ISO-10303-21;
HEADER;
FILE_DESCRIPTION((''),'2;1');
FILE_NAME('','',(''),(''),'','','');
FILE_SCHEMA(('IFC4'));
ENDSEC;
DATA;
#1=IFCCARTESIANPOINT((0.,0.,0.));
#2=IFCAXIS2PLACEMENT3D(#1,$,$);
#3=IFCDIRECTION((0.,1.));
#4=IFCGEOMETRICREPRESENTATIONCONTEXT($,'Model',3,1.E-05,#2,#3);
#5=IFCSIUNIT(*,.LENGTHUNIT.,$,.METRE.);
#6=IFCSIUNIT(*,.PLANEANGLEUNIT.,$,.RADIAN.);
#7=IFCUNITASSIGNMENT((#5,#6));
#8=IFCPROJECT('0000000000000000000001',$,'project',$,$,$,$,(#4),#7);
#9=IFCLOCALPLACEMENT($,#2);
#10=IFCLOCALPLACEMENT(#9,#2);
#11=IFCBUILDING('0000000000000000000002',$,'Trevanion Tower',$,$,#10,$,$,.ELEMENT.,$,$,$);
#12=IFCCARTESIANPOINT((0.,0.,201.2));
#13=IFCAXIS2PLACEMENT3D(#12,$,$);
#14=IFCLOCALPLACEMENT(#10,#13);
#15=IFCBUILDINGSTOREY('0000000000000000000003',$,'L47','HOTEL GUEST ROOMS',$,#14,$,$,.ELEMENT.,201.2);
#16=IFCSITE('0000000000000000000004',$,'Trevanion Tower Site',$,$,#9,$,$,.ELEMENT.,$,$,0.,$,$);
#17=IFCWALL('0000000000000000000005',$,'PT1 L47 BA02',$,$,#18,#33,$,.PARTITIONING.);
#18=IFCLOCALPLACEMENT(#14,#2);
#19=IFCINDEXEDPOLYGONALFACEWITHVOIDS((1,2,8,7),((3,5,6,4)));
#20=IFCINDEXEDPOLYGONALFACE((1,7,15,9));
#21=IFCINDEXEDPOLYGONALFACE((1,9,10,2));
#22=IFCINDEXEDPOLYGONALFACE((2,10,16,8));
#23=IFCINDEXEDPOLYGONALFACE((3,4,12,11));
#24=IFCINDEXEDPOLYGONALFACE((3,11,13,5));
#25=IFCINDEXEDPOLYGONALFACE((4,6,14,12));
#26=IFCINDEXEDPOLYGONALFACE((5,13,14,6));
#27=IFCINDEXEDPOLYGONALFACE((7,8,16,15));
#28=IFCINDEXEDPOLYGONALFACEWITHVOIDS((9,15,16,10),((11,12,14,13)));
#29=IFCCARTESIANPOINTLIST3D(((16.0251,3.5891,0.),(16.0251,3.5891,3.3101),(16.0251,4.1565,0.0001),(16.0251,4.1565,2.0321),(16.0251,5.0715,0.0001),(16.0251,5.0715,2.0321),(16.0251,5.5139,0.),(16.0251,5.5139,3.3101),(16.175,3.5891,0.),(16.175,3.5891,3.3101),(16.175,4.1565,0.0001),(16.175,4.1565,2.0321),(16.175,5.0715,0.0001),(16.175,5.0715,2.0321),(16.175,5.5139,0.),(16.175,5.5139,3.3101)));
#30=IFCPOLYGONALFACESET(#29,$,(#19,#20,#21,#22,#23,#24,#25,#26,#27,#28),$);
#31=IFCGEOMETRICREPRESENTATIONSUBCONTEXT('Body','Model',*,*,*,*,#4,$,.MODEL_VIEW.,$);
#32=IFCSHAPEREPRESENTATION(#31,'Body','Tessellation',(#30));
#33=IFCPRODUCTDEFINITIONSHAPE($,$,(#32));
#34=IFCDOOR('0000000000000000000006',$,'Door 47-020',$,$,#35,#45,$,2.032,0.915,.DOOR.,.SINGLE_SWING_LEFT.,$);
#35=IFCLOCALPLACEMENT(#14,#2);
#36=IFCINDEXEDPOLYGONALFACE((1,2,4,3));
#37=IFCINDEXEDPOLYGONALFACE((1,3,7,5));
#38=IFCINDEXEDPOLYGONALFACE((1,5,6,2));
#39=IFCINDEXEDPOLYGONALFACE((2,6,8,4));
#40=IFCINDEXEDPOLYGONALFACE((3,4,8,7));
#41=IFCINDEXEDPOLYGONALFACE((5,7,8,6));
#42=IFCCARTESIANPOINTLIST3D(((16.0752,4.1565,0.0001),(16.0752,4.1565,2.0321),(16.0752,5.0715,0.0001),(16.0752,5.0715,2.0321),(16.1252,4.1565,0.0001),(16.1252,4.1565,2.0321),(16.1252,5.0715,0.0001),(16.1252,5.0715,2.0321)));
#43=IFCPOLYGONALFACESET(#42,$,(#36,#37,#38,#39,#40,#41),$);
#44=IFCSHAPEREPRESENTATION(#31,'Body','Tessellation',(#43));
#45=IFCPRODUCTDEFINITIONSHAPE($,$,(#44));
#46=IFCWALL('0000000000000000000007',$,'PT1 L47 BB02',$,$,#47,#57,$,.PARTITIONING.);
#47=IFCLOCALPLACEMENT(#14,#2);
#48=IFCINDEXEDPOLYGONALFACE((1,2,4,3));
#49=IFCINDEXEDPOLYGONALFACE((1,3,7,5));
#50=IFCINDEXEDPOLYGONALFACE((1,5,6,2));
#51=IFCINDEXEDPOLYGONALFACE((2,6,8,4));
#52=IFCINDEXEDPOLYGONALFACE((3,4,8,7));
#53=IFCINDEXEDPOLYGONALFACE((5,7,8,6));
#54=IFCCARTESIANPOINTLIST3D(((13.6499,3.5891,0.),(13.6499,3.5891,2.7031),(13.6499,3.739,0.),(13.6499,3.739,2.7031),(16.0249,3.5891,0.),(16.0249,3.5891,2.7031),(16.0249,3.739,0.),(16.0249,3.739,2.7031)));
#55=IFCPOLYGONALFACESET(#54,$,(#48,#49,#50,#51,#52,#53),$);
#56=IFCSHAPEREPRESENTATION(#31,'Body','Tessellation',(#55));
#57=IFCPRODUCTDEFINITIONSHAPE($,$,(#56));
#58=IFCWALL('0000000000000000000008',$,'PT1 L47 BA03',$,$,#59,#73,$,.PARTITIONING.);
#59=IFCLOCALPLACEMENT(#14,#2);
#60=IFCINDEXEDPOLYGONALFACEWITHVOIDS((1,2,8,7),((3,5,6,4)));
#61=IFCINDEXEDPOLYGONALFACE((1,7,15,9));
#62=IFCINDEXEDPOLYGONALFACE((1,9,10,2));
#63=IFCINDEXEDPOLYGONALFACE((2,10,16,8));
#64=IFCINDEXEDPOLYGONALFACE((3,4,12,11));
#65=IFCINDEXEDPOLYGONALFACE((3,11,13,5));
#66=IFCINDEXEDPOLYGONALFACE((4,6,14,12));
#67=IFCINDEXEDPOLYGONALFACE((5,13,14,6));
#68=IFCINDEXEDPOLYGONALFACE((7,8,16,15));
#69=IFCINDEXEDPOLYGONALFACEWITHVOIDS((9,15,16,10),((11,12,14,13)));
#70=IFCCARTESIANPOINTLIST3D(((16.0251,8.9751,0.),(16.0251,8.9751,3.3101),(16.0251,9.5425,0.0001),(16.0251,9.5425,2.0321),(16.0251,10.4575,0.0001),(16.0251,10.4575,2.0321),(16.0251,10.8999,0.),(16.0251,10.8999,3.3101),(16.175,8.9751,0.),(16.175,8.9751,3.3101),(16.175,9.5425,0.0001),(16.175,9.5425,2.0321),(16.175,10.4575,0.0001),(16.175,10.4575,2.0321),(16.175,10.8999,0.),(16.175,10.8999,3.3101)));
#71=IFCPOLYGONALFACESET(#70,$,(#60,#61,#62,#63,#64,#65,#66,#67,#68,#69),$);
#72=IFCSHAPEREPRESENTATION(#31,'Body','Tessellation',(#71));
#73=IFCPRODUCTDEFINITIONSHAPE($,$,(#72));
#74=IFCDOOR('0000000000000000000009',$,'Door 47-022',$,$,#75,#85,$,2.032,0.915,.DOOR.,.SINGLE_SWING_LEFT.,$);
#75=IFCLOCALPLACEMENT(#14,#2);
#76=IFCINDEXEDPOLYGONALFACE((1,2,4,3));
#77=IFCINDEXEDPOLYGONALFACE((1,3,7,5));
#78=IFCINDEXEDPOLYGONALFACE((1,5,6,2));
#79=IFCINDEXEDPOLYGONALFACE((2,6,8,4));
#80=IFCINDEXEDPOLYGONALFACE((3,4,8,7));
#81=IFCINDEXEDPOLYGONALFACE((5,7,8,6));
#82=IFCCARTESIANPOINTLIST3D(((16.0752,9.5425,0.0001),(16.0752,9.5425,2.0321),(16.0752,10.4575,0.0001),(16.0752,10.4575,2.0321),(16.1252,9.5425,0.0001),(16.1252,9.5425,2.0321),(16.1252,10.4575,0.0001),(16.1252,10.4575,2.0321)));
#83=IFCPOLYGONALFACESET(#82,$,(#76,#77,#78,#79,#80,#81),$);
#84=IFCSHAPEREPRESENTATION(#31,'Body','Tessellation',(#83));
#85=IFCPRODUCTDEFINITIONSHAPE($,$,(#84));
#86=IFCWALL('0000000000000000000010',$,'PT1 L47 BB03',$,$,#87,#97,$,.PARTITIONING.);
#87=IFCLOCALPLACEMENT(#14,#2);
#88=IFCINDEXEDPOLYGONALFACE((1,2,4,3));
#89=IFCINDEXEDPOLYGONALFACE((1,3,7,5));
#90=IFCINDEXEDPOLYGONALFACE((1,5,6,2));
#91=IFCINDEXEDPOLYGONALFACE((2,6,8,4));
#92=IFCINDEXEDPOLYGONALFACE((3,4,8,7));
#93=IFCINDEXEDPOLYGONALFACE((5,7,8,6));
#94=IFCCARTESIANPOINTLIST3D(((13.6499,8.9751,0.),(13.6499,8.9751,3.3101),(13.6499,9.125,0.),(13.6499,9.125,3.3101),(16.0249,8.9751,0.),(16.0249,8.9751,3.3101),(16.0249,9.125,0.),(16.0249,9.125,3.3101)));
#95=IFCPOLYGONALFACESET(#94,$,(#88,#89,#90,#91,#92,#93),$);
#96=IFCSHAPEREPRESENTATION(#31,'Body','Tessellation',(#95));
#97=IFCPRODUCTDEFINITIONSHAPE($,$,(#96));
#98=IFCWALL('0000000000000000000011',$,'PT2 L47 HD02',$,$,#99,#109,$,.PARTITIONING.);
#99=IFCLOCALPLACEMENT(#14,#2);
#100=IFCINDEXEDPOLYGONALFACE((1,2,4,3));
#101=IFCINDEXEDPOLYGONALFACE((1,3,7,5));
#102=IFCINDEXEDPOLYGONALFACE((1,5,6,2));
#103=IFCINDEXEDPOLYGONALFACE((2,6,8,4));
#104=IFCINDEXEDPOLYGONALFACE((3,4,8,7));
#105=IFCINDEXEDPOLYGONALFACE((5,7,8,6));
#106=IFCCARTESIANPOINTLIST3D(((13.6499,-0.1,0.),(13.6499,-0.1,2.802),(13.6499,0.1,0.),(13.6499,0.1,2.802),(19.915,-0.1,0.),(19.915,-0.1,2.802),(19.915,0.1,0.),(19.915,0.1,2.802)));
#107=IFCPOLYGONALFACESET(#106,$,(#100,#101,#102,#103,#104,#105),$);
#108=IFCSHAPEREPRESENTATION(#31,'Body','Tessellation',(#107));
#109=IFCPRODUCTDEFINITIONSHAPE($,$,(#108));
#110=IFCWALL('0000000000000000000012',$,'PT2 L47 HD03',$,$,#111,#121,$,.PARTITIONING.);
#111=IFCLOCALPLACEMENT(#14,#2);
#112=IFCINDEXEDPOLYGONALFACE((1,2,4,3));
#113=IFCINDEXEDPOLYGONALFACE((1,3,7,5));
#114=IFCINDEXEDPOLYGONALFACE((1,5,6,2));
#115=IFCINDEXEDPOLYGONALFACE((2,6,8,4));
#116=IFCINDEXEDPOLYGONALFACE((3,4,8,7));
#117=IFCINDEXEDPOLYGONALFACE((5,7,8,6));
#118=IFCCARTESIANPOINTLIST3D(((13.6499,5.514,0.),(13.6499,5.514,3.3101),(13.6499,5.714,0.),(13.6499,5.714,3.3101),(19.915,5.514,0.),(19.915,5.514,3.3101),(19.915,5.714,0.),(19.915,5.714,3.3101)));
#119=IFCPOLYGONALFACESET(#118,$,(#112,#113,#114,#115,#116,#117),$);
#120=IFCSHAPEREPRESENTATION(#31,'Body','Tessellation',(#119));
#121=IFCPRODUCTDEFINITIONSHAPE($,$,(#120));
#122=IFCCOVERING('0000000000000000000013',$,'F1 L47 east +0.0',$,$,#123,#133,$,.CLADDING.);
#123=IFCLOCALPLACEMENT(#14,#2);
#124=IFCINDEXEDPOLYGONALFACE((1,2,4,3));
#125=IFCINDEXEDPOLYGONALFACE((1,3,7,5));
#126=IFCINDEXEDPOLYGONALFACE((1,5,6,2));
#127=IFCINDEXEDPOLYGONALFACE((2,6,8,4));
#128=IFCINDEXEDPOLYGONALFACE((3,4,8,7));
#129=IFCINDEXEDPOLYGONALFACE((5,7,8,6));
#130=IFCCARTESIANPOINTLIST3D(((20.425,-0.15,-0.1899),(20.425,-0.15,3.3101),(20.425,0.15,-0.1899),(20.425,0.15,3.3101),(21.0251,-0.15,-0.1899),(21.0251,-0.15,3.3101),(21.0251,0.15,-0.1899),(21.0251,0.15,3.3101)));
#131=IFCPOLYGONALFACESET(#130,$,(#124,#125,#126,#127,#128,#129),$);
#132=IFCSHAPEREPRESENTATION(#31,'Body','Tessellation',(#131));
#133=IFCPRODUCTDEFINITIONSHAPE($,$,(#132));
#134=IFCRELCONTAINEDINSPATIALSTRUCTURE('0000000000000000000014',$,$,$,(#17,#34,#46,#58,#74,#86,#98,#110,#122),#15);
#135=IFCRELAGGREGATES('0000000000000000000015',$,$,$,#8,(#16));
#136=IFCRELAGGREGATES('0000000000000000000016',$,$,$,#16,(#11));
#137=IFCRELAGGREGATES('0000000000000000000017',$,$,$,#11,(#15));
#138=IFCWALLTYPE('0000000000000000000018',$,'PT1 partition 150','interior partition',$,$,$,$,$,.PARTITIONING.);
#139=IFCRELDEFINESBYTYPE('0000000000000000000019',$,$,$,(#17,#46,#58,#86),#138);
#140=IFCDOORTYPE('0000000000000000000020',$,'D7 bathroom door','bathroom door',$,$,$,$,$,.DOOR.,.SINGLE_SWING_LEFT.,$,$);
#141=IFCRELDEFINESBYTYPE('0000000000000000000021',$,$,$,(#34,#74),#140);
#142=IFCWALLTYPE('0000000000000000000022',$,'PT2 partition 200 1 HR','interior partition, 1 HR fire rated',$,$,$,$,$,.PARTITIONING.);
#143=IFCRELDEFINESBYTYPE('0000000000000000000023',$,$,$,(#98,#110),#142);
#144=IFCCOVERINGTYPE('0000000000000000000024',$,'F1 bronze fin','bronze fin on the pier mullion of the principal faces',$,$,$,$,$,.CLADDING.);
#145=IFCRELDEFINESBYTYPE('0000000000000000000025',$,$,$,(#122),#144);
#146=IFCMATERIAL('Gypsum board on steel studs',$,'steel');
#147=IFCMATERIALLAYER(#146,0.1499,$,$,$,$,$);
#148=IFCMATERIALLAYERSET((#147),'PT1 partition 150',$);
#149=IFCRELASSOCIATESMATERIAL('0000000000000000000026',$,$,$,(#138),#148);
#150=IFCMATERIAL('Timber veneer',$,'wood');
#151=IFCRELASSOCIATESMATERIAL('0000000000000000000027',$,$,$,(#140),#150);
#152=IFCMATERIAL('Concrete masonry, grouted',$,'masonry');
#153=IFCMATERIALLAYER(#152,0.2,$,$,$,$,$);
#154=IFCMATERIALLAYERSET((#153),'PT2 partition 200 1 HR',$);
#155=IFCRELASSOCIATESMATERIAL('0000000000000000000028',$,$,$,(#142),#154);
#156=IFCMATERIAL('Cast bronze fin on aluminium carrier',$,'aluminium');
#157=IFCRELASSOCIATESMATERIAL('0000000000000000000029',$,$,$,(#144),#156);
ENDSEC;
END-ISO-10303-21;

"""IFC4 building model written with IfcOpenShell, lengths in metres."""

from ifc_helpers import new_model, si_unit, direction, frame, frame_2d, origin, origin_2d, place, context, subcontext, project, spatial, rectangle, extrude, material, layer, layer_set, type_object, element, fill, save


model = new_model("IFC4")

# Units and contexts
model_context = context("Model", 3, precision=1e-05, world=origin(), true_north=direction((0.0, 1.0)))
body_context = subcontext(model_context, "Body", "Model", "MODEL_VIEW")
ifc_project = project(units=[si_unit("LENGTHUNIT", "METRE"), si_unit("PLANEANGLEUNIT", "RADIAN")], contexts=[model_context])

# Site, building, storey
site_placement = place(None, origin())
site = spatial("IfcSite", under=ifc_project, at=site_placement, Name="Trevanion Tower Site", CompositionType="ELEMENT", RefElevation=0.0)
building_placement = place(site_placement, origin())
building = spatial("IfcBuilding", under=site, at=building_placement, Name="Trevanion Tower", CompositionType="ELEMENT")
storey_placement = place(building_placement, frame((0.0, 0.0, 201.2)))
storey = spatial("IfcBuildingStorey", under=building, at=storey_placement, Name="L47", Description="HOTEL GUEST ROOMS", CompositionType="ELEMENT", Elevation=201.2)

# Wall, opening, door
ifc_material_1 = material(Name="Gypsum board on steel studs", Category="steel")
ifc_layer_1 = layer(ifc_material_1, 0.1499)
ifc_layer_set_1 = layer_set([ifc_layer_1], Name="PT1 partition 150")
wall_type_1 = type_object("IfcWallType", Name="PT1 partition 150", Description="interior partition", PredefinedType="PARTITIONING", material=ifc_layer_set_1)
wall_1_placement = place(storey_placement, frame((16.1001, 3.5891, 0.0), z_axis=(0.0, 0.0, 1.0), x_axis=(0.0, 1.0, 0.0)))
wall_1 = element("IfcWall", 1, at=wall_1_placement, inside=storey, type_object=wall_type_1, Name="PT1 L47 BA02", PredefinedType="PARTITIONING", context=body_context, shape_type="SweptSolid", body=[
    extrude(rectangle(XDim=1.9248, YDim=0.1499, at=frame_2d((0.9624, 0.0))), origin(), (0.0, 0.0, 1.0), 3.3101),
])
opening_1_placement = place(wall_1_placement, frame((0.5674, 0.0, 0.0)))
opening_1 = element("IfcOpeningElement", 2, at=opening_1_placement, cuts=wall_1, PredefinedType="OPENING", context=body_context, shape_type="SweptSolid", body=[
    extrude(rectangle(XDim=0.915, YDim=2.032, at=frame_2d((0.4575, 1.0161))), frame((0.0, 0.085, 0.0), z_axis=(0.0, -1.0, 0.0), x_axis=(1.0, 0.0, 0.0)), (0.0, 0.0, 1.0), 0.1699),
])
ifc_material_2 = material(Name="Timber veneer", Category="wood")
door_type = type_object("IfcDoorType", Name="D7 bathroom door", Description="bathroom door", OperationType="SINGLE_SWING_LEFT", PredefinedType="DOOR", material=ifc_material_2)
door_1_placement = place(opening_1_placement, origin())
door_1 = element("IfcDoor", 3, at=door_1_placement, inside=storey, type_object=door_type, Name="Door 47-020", OperationType="SINGLE_SWING_LEFT", OverallHeight=2.032, OverallWidth=0.915, PredefinedType="DOOR", context=body_context, shape_type="SweptSolid", body=[
    extrude(rectangle(XDim=0.915, YDim=2.032, at=frame_2d((0.4575, 1.0161))), frame((0.0, 0.0249, 0.0), z_axis=(0.0, -1.0, 0.0), x_axis=(1.0, 0.0, 0.0)), (0.0, 0.0, 1.0), 0.05),
])
fill(opening_1, door_1)

# Wall
wall_2_placement = place(storey_placement, frame((13.6499, 3.6641, 0.0), z_axis=(0.0, 0.0, 1.0), x_axis=(1.0, 0.0, 0.0)))
element("IfcWall", 4, at=wall_2_placement, inside=storey, type_object=wall_type_1, Name="PT1 L47 BB02", PredefinedType="PARTITIONING", context=body_context, shape_type="SweptSolid", body=[
    extrude(rectangle(XDim=2.375, YDim=0.1499, at=frame_2d((1.1875, 0.0))), origin(), (0.0, 0.0, 1.0), 2.7031),
])

# Wall, opening, door
wall_3_placement = place(storey_placement, frame((16.1001, 8.9751, 0.0), z_axis=(0.0, 0.0, 1.0), x_axis=(0.0, 1.0, 0.0)))
wall_3 = element("IfcWall", 5, at=wall_3_placement, inside=storey, type_object=wall_type_1, Name="PT1 L47 BA03", PredefinedType="PARTITIONING", context=body_context, shape_type="SweptSolid", body=[
    extrude(rectangle(XDim=1.9248, YDim=0.1499, at=frame_2d((0.9624, 0.0))), origin(), (0.0, 0.0, 1.0), 3.3101),
])
opening_2_placement = place(wall_3_placement, frame((0.5674, 0.0, 0.0)))
opening_2 = element("IfcOpeningElement", 6, at=opening_2_placement, cuts=wall_3, PredefinedType="OPENING", context=body_context, shape_type="SweptSolid", body=[
    extrude(rectangle(XDim=0.915, YDim=2.032, at=frame_2d((0.4575, 1.0161))), frame((0.0, 0.085, 0.0), z_axis=(0.0, -1.0, 0.0), x_axis=(1.0, 0.0, 0.0)), (0.0, 0.0, 1.0), 0.1699),
])
door_2_placement = place(opening_2_placement, origin())
door_2 = element("IfcDoor", 7, at=door_2_placement, inside=storey, type_object=door_type, Name="Door 47-022", OperationType="SINGLE_SWING_LEFT", OverallHeight=2.032, OverallWidth=0.915, PredefinedType="DOOR", context=body_context, shape_type="SweptSolid", body=[
    extrude(rectangle(XDim=0.915, YDim=2.032, at=frame_2d((0.4575, 1.0161))), frame((0.0, 0.0249, 0.0), z_axis=(0.0, -1.0, 0.0), x_axis=(1.0, 0.0, 0.0)), (0.0, 0.0, 1.0), 0.05),
])
fill(opening_2, door_2)

# Walls
wall_4_placement = place(storey_placement, frame((13.6499, 9.05, 0.0), z_axis=(0.0, 0.0, 1.0), x_axis=(1.0, 0.0, 0.0)))
element("IfcWall", 8, at=wall_4_placement, inside=storey, type_object=wall_type_1, Name="PT1 L47 BB03", PredefinedType="PARTITIONING", context=body_context, shape_type="SweptSolid", body=[
    extrude(rectangle(XDim=2.375, YDim=0.1499, at=frame_2d((1.1875, 0.0))), origin(), (0.0, 0.0, 1.0), 3.3101),
])
ifc_material_3 = material(Name="Concrete masonry, grouted", Category="masonry")
ifc_layer_2 = layer(ifc_material_3, 0.2)
ifc_layer_set_2 = layer_set([ifc_layer_2], Name="PT2 partition 200 1 HR")
wall_type_2 = type_object("IfcWallType", Name="PT2 partition 200 1 HR", Description="interior partition, 1 HR fire rated", PredefinedType="PARTITIONING", material=ifc_layer_set_2)
wall_5_placement = place(storey_placement, frame((13.6499, 0.0, 0.0), z_axis=(0.0, 0.0, 1.0), x_axis=(1.0, 0.0, 0.0)))
element("IfcWall", 9, at=wall_5_placement, inside=storey, type_object=wall_type_2, Name="PT2 L47 HD02", PredefinedType="PARTITIONING", context=body_context, shape_type="SweptSolid", body=[
    extrude(rectangle(XDim=6.2651, YDim=0.2, at=frame_2d((3.1326, 0.0))), origin(), (0.0, 0.0, 1.0), 2.802),
])
wall_6_placement = place(storey_placement, frame((13.6499, 5.614, 0.0), z_axis=(0.0, 0.0, 1.0), x_axis=(1.0, 0.0, 0.0)))
element("IfcWall", 10, at=wall_6_placement, inside=storey, type_object=wall_type_2, Name="PT2 L47 HD03", PredefinedType="PARTITIONING", context=body_context, shape_type="SweptSolid", body=[
    extrude(rectangle(XDim=6.2651, YDim=0.2, at=frame_2d((3.1326, 0.0))), origin(), (0.0, 0.0, 1.0), 3.3101),
])

# Covering
ifc_material_4 = material(Name="Cast bronze fin on aluminium carrier", Category="aluminium")
covering_type = type_object("IfcCoveringType", Name="F1 bronze fin", Description="bronze fin on the pier mullion of the principal faces", PredefinedType="CLADDING", material=ifc_material_4)
covering_placement = place(storey_placement, frame((20.7251, 0.0, -0.1899), z_axis=(0.0, 0.0, 1.0), x_axis=(0.0, 1.0, 0.0)))
element("IfcCovering", 11, at=covering_placement, inside=storey, type_object=covering_type, Name="F1 L47 east +0.0", PredefinedType="CLADDING", context=body_context, shape_type="SweptSolid", body=[
    extrude(rectangle(XDim=0.3, YDim=0.6001, at=origin_2d()), origin(), (0.0, 0.0, 1.0), 3.5),
])

save(model, "model.ifc")
